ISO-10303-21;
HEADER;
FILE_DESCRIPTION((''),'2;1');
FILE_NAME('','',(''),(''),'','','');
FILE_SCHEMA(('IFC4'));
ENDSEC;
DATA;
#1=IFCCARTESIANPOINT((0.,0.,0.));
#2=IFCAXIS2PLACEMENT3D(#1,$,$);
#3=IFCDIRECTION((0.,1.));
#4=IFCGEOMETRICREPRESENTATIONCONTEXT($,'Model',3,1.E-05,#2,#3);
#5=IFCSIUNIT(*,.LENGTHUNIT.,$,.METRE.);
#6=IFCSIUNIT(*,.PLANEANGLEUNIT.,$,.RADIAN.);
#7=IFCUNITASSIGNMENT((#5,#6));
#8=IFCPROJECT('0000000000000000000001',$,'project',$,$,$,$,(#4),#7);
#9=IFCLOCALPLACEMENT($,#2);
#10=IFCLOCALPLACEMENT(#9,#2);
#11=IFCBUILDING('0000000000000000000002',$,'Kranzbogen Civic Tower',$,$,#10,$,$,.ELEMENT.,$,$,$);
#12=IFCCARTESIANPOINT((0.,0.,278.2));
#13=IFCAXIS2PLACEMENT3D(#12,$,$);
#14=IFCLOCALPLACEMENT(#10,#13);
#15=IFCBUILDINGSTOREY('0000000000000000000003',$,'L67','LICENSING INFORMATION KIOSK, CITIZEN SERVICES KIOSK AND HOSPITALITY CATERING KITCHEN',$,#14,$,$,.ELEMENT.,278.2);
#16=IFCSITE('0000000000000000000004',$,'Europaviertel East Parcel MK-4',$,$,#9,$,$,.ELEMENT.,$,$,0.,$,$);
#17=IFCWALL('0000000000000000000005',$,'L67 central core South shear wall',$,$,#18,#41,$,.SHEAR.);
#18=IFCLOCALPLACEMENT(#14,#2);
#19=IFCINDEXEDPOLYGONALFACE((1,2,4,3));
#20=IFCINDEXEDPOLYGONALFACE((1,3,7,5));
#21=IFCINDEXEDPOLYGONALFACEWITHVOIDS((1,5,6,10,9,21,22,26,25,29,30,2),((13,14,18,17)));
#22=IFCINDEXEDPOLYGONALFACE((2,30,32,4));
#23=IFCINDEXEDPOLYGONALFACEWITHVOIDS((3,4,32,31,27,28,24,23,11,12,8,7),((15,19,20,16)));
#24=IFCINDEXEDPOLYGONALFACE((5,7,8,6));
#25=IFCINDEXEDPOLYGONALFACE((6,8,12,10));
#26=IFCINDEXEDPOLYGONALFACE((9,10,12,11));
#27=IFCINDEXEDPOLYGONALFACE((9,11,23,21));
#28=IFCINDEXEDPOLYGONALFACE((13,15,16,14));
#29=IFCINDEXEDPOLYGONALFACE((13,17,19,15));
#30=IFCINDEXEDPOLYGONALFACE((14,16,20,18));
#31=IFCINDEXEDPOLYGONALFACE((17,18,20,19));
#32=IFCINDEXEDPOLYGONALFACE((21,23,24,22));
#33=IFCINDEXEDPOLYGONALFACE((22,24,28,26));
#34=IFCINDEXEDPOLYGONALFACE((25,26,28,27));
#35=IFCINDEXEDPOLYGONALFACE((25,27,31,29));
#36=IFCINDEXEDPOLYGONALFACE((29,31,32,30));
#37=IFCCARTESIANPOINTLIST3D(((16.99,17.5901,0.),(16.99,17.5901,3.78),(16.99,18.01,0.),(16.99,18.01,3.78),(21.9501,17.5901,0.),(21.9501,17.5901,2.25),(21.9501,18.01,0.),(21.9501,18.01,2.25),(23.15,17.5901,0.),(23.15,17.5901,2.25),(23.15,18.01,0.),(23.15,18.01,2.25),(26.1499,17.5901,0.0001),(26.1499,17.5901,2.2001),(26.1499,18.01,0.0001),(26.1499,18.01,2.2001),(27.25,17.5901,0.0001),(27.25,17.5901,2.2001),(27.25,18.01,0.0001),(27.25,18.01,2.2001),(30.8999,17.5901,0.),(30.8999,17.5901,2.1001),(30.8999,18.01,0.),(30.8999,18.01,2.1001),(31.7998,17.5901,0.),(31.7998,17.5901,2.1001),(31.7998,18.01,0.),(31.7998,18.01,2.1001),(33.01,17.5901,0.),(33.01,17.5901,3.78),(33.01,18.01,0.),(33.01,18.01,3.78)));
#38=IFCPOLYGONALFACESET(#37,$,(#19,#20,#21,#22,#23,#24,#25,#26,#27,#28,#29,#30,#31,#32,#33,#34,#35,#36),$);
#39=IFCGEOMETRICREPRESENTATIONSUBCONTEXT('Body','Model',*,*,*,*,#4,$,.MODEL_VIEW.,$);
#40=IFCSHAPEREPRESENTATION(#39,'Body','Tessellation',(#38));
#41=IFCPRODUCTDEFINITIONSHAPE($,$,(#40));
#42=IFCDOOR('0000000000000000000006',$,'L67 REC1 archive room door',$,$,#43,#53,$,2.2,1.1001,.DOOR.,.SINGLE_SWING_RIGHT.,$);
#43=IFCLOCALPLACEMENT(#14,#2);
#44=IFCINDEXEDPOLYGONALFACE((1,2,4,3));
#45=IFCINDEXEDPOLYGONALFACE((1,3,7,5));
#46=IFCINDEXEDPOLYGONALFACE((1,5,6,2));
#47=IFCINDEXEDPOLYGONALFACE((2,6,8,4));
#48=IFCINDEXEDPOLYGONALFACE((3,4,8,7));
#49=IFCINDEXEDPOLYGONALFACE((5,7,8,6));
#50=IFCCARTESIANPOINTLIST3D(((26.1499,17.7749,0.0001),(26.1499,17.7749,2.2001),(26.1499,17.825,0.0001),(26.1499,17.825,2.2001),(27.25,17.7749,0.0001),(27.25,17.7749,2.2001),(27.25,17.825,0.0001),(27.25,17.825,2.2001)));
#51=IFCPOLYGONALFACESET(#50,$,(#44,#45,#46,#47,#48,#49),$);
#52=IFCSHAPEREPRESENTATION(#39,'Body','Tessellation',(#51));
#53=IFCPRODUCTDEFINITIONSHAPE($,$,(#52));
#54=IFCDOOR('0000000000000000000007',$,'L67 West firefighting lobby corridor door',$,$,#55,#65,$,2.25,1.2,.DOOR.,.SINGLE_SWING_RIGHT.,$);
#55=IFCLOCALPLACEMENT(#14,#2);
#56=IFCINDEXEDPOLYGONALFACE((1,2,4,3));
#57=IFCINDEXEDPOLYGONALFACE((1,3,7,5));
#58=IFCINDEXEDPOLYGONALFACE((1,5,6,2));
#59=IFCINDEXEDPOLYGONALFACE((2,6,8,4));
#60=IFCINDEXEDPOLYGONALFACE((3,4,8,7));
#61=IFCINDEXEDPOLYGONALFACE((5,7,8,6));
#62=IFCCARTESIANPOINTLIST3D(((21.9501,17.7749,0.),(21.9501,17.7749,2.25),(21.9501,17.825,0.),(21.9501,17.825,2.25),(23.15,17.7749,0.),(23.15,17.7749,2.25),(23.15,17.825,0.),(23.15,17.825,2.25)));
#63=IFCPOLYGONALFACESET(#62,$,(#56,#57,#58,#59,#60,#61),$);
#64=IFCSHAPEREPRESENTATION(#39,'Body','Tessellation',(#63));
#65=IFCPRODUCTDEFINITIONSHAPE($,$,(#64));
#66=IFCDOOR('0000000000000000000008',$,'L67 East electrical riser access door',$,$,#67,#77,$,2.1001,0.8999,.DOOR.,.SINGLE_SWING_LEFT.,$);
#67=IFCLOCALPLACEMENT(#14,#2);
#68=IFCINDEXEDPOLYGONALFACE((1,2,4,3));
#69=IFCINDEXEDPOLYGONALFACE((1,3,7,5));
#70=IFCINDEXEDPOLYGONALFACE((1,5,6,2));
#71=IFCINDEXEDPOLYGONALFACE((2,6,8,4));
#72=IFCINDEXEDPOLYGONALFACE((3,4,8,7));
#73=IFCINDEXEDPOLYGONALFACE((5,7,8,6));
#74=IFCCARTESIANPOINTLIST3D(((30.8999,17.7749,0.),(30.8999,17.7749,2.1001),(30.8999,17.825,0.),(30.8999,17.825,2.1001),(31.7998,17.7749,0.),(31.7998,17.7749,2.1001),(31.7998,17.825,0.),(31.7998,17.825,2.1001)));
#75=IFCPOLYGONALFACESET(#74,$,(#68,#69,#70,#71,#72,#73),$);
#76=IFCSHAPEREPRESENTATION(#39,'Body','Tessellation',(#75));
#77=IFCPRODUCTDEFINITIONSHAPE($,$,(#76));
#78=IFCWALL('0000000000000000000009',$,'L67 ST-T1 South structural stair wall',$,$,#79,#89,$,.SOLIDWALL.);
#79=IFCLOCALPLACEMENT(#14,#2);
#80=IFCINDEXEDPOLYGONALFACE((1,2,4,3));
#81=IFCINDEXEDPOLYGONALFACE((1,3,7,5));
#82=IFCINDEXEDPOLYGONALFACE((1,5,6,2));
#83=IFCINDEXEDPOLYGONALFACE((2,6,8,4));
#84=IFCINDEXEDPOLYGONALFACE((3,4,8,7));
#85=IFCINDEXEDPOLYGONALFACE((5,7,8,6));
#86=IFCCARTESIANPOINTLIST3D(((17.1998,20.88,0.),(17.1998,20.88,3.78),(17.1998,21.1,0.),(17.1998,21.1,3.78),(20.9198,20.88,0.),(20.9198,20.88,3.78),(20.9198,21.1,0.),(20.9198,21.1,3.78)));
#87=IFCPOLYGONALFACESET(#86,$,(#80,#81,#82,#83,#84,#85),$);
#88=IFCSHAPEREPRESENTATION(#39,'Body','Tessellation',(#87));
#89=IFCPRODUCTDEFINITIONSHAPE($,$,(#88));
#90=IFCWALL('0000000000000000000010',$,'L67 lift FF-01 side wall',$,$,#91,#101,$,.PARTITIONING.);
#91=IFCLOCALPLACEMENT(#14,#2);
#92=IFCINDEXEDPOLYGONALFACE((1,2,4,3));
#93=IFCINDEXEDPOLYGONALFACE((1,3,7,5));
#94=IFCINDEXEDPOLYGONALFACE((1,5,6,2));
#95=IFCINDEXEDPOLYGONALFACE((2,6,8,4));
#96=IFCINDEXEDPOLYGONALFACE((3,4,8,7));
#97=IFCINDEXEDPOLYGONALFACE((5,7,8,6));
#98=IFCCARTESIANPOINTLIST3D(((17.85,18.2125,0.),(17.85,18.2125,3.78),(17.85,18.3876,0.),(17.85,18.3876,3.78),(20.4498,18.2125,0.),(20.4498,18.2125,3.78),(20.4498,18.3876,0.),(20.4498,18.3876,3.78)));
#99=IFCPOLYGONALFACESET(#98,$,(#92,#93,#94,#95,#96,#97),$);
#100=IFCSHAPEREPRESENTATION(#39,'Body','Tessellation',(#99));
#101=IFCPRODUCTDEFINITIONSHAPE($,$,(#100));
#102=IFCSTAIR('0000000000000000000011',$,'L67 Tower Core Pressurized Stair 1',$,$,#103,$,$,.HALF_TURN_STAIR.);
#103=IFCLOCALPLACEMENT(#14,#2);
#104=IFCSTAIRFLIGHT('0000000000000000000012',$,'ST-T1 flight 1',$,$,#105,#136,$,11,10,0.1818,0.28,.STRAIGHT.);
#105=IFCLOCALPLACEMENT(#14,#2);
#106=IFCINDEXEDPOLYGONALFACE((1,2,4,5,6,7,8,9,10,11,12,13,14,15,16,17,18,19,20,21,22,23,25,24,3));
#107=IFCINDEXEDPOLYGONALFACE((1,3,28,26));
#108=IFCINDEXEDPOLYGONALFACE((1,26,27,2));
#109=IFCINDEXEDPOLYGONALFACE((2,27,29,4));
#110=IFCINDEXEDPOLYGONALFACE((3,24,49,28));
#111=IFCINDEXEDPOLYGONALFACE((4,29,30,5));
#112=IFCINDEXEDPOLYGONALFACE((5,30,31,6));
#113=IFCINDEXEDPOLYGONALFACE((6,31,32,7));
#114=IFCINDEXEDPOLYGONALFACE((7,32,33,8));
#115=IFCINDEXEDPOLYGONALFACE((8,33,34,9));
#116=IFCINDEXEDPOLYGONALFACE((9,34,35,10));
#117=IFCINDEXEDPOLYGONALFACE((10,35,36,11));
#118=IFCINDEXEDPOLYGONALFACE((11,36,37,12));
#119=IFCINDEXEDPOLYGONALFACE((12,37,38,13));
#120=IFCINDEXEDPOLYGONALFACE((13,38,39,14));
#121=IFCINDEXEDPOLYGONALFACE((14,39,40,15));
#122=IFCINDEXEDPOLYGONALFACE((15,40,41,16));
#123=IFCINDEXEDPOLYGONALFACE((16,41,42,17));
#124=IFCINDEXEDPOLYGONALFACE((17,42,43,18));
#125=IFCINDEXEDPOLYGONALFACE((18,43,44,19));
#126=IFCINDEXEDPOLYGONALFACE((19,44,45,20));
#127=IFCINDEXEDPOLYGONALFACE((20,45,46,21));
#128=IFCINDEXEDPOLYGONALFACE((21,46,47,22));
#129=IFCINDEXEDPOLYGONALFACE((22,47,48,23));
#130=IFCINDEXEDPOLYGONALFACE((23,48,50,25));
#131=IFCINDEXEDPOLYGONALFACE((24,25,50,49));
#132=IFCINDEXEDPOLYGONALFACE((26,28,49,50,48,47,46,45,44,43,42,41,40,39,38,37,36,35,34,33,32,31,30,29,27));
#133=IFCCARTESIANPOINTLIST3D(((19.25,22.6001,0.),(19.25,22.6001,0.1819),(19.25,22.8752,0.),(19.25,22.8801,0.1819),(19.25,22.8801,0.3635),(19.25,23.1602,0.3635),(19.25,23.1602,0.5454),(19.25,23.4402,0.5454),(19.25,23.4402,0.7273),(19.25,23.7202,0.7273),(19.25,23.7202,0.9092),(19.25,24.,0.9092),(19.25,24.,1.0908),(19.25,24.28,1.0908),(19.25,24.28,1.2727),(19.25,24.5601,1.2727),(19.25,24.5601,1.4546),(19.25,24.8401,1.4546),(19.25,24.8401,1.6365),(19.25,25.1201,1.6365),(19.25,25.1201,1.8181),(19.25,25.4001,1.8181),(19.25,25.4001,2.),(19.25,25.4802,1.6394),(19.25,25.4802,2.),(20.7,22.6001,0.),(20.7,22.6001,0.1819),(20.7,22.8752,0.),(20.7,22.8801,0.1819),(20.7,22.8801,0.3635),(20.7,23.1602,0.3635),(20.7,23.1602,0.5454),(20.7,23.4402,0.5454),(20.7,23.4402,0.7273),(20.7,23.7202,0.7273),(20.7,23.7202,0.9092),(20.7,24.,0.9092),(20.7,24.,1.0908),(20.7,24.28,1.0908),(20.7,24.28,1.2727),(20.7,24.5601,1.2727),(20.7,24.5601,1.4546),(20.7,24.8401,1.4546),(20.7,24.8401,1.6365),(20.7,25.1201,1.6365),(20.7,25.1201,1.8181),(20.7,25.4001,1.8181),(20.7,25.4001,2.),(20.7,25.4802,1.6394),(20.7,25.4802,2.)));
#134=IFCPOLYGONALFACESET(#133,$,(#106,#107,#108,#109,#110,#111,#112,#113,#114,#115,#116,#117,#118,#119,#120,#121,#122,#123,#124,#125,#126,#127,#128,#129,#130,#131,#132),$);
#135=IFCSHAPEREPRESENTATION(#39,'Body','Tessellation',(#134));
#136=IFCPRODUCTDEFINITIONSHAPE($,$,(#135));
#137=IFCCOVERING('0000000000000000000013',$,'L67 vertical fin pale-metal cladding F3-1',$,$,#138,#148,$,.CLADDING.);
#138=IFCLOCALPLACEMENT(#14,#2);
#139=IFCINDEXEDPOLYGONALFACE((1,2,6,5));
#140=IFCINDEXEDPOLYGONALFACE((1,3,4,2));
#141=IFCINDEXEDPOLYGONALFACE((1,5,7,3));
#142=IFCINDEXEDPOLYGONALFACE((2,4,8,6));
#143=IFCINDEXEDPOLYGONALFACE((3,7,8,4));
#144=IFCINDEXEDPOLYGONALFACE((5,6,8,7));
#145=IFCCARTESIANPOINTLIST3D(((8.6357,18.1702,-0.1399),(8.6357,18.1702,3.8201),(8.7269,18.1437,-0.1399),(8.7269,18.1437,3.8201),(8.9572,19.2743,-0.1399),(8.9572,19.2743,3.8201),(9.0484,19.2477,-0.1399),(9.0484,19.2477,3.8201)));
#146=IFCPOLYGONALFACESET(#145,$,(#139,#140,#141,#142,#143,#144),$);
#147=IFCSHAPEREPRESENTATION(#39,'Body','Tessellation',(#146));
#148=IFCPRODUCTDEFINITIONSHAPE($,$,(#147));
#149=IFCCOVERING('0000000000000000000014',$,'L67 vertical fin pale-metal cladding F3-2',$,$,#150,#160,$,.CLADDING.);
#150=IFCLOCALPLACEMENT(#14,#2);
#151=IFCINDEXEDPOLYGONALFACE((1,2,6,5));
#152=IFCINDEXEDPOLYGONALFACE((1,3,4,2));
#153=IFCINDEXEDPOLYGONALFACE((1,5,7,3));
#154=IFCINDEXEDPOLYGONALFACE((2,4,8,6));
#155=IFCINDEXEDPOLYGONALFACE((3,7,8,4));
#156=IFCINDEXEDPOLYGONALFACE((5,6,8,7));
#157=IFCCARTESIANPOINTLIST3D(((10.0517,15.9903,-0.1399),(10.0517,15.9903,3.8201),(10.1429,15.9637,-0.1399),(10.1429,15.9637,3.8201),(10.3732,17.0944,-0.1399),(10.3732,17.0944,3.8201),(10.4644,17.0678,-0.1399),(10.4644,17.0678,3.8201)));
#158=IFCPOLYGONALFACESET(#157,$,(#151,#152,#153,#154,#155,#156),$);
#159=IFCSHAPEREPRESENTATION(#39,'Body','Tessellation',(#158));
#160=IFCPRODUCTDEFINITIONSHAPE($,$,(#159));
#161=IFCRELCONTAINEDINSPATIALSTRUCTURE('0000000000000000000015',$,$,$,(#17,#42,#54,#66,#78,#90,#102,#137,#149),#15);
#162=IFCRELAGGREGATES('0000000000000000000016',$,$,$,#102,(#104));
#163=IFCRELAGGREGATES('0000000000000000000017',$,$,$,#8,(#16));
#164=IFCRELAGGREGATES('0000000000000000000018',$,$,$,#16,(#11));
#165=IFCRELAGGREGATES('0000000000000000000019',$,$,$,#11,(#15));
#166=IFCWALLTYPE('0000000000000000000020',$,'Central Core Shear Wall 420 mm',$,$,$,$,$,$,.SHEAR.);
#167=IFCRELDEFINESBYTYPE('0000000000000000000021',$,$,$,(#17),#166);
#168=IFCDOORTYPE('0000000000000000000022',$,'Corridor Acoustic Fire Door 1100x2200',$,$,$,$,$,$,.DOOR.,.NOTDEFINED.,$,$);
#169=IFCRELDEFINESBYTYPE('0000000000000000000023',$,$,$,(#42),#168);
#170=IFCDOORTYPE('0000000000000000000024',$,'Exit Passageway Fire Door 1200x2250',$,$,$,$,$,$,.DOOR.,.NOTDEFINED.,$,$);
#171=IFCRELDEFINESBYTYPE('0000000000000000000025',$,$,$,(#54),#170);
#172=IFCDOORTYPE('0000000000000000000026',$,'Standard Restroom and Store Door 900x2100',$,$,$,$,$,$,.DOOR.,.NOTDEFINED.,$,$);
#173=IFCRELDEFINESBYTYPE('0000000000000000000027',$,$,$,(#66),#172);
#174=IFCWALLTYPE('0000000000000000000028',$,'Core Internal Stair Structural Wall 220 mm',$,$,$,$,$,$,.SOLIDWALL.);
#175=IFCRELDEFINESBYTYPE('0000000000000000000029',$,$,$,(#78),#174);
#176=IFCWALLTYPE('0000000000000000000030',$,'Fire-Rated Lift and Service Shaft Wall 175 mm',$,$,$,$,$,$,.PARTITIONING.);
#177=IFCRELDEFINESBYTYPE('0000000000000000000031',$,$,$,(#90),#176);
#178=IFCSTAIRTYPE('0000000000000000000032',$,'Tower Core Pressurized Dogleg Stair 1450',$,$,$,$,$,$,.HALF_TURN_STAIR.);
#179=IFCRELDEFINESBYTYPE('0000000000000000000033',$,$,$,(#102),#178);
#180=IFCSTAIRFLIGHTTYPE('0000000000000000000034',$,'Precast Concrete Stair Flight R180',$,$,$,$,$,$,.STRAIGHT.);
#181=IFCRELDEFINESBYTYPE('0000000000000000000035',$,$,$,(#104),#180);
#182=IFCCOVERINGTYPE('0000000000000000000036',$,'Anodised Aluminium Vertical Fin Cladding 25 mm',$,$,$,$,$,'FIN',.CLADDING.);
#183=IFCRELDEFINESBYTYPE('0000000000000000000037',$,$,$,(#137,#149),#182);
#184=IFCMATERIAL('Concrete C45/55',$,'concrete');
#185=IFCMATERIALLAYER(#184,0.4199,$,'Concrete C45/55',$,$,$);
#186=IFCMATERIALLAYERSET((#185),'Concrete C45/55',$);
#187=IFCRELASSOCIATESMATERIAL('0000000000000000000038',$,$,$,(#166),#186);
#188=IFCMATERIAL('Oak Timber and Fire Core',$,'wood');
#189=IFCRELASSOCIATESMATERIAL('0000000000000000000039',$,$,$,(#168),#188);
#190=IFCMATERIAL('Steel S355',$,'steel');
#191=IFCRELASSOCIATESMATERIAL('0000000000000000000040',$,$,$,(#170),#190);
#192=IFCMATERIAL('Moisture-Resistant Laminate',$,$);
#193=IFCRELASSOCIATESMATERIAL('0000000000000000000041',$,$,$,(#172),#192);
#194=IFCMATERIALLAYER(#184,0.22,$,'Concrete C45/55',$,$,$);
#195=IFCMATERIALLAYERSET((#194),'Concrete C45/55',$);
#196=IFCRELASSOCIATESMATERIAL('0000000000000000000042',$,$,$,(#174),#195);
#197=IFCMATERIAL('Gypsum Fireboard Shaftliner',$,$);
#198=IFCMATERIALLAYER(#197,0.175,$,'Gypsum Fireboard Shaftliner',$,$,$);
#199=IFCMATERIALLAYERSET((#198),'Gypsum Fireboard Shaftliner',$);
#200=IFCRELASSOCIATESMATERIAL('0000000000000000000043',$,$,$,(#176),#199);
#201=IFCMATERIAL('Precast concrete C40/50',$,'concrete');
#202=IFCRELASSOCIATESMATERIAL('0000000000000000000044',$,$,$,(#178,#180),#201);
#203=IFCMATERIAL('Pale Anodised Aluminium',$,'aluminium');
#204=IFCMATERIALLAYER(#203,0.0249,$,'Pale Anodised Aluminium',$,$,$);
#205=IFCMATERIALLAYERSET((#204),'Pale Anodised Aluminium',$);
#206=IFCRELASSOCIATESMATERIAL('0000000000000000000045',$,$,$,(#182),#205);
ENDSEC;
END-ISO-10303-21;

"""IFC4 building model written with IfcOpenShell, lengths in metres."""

from ifc_helpers import new_model, si_unit, direction, frame, frame_2d, origin, origin_2d, place, context, subcontext, project, spatial, polyline, rectangle, outline, extrude, material, layer, layer_set, type_object, element, fill, aggregate, save


model = new_model("IFC4")

# Units and contexts
model_context = context("Model", 3, precision=1e-05, world=origin(), true_north=direction((0.0, 1.0)))
body_context = subcontext(model_context, "Body", "Model", "MODEL_VIEW")
ifc_project = project(units=[si_unit("LENGTHUNIT", "METRE"), si_unit("PLANEANGLEUNIT", "RADIAN")], contexts=[model_context])

# Site, building, storey
site_placement = place(None, origin())
site = spatial("IfcSite", under=ifc_project, at=site_placement, Name="Europaviertel East Parcel MK-4", CompositionType="ELEMENT", RefElevation=0.0)
building_placement = place(site_placement, origin())
building = spatial("IfcBuilding", under=site, at=building_placement, Name="Kranzbogen Civic Tower", CompositionType="ELEMENT")
storey_placement = place(building_placement, frame((0.0, 0.0, 278.2)))
storey = spatial("IfcBuildingStorey", under=building, at=storey_placement, Name="L67", Description="LICENSING INFORMATION KIOSK, CITIZEN SERVICES KIOSK AND HOSPITALITY CATERING KITCHEN", CompositionType="ELEMENT", Elevation=278.2)

# Shared definitions
ifc_material_1 = material(Name="Steel S355", Category="steel")

# Shared definitions
ifc_material_2 = material(Name="Pale Anodised Aluminium", Category="aluminium")

# Wall, openings, doors
ifc_material_3 = material(Name="Concrete C45/55", Category="concrete")
ifc_layer_1 = layer(ifc_material_3, 0.4199, Name="Concrete C45/55")
ifc_layer_set_1 = layer_set([ifc_layer_1], Name="Concrete C45/55")
wall_type_1 = type_object("IfcWallType", Name="Central Core Shear Wall 420 mm", PredefinedType="SHEAR", material=ifc_layer_set_1)
wall_1_placement = place(storey_placement, frame((16.99, 17.8, 0.0), z_axis=(0.0, 0.0, 1.0), x_axis=(1.0, 0.0, 0.0)))
wall_1 = element("IfcWall", 1, at=wall_1_placement, inside=storey, type_object=wall_type_1, Name="L67 central core South shear wall", PredefinedType="SHEAR", context=body_context, shape_type="SweptSolid", body=[
    extrude(rectangle(XDim=16.02, YDim=0.4199, at=frame_2d((8.01, 0.0))), origin(), (0.0, 0.0, 1.0), 3.78),
])
opening_1_placement = place(wall_1_placement, frame((4.96, 0.0, 0.0)))
opening_1 = element("IfcOpeningElement", 2, at=opening_1_placement, cuts=wall_1, PredefinedType="OPENING", context=body_context, shape_type="SweptSolid", body=[
    extrude(rectangle(XDim=1.2, YDim=2.25, at=frame_2d((0.6001, 1.125))), frame((0.0, 0.22, 0.0), z_axis=(0.0, -1.0, 0.0), x_axis=(1.0, 0.0, 0.0)), (0.0, 0.0, 1.0), 0.4399),
])
opening_2_placement = place(wall_1_placement, frame((13.9099, 0.0, 0.0)))
opening_2 = element("IfcOpeningElement", 3, at=opening_2_placement, cuts=wall_1, PredefinedType="OPENING", context=body_context, shape_type="SweptSolid", body=[
    extrude(rectangle(XDim=0.8999, YDim=2.1001, at=frame_2d((0.45, 1.05))), frame((0.0, 0.22, 0.0), z_axis=(0.0, -1.0, 0.0), x_axis=(1.0, 0.0, 0.0)), (0.0, 0.0, 1.0), 0.4399),
])
opening_3_placement = place(wall_1_placement, frame((9.1599, 0.0, 0.0)))
opening_3 = element("IfcOpeningElement", 4, at=opening_3_placement, cuts=wall_1, PredefinedType="OPENING", context=body_context, shape_type="SweptSolid", body=[
    extrude(rectangle(XDim=1.1001, YDim=2.2, at=frame_2d((0.55, 1.1001))), frame((0.0, 0.22, 0.0), z_axis=(0.0, -1.0, 0.0), x_axis=(1.0, 0.0, 0.0)), (0.0, 0.0, 1.0), 0.4399),
])
ifc_material_4 = material(Name="Oak Timber and Fire Core", Category="wood")
door_type_1 = type_object("IfcDoorType", Name="Corridor Acoustic Fire Door 1100x2200", OperationType="NOTDEFINED", PredefinedType="DOOR", material=ifc_material_4)
door_1_placement = place(opening_3_placement, origin())
door_1 = element("IfcDoor", 5, at=door_1_placement, inside=storey, type_object=door_type_1, Name="L67 REC1 archive room door", OperationType="SINGLE_SWING_RIGHT", OverallHeight=2.2, OverallWidth=1.1001, PredefinedType="DOOR", context=body_context, shape_type="SweptSolid", body=[
    extrude(rectangle(XDim=1.1001, YDim=2.2, at=frame_2d((0.55, 1.1001))), frame((0.0, 0.0249, 0.0), z_axis=(0.0, -1.0, 0.0), x_axis=(1.0, 0.0, 0.0)), (0.0, 0.0, 1.0), 0.05),
])
fill(opening_3, door_1)
door_type_2 = type_object("IfcDoorType", Name="Exit Passageway Fire Door 1200x2250", OperationType="NOTDEFINED", PredefinedType="DOOR", material=ifc_material_1)
door_2_placement = place(opening_1_placement, origin())
door_2 = element("IfcDoor", 6, at=door_2_placement, inside=storey, type_object=door_type_2, Name="L67 West firefighting lobby corridor door", OperationType="SINGLE_SWING_RIGHT", OverallHeight=2.25, OverallWidth=1.2, PredefinedType="DOOR", context=body_context, shape_type="SweptSolid", body=[
    extrude(rectangle(XDim=1.2, YDim=2.25, at=frame_2d((0.6001, 1.125))), frame((0.0, 0.0249, 0.0), z_axis=(0.0, -1.0, 0.0), x_axis=(1.0, 0.0, 0.0)), (0.0, 0.0, 1.0), 0.05),
])
fill(opening_1, door_2)
ifc_material_5 = material(Name="Moisture-Resistant Laminate")
door_type_3 = type_object("IfcDoorType", Name="Standard Restroom and Store Door 900x2100", OperationType="NOTDEFINED", PredefinedType="DOOR", material=ifc_material_5)
door_3_placement = place(opening_2_placement, origin())
door_3 = element("IfcDoor", 7, at=door_3_placement, inside=storey, type_object=door_type_3, Name="L67 East electrical riser access door", OperationType="SINGLE_SWING_LEFT", OverallHeight=2.1001, OverallWidth=0.8999, PredefinedType="DOOR", context=body_context, shape_type="SweptSolid", body=[
    extrude(rectangle(XDim=0.8999, YDim=2.1001, at=frame_2d((0.45, 1.05))), frame((0.0, 0.0249, 0.0), z_axis=(0.0, -1.0, 0.0), x_axis=(1.0, 0.0, 0.0)), (0.0, 0.0, 1.0), 0.05),
])
fill(opening_2, door_3)

# Walls
ifc_layer_2 = layer(ifc_material_3, 0.22, Name="Concrete C45/55")
ifc_layer_set_2 = layer_set([ifc_layer_2], Name="Concrete C45/55")
wall_type_2 = type_object("IfcWallType", Name="Core Internal Stair Structural Wall 220 mm", PredefinedType="SOLIDWALL", material=ifc_layer_set_2)
wall_2_placement = place(storey_placement, frame((17.2, 20.99, 0.0), z_axis=(0.0, 0.0, 1.0), x_axis=(1.0, 0.0, 0.0)))
element("IfcWall", 8, at=wall_2_placement, inside=storey, type_object=wall_type_2, Name="L67 ST-T1 South structural stair wall", PredefinedType="SOLIDWALL", context=body_context, shape_type="SweptSolid", body=[
    extrude(rectangle(XDim=3.72, YDim=0.22, at=frame_2d((1.8599, 0.0))), origin(), (0.0, 0.0, 1.0), 3.78),
])
ifc_material_6 = material(Name="Gypsum Fireboard Shaftliner")
ifc_layer_3 = layer(ifc_material_6, 0.175, Name="Gypsum Fireboard Shaftliner")
ifc_layer_set_3 = layer_set([ifc_layer_3], Name="Gypsum Fireboard Shaftliner")
wall_type_3 = type_object("IfcWallType", Name="Fire-Rated Lift and Service Shaft Wall 175 mm", PredefinedType="PARTITIONING", material=ifc_layer_set_3)
wall_3_placement = place(storey_placement, frame((17.8501, 18.3, 0.0), z_axis=(0.0, 0.0, 1.0), x_axis=(1.0, 0.0, 0.0)))
element("IfcWall", 9, at=wall_3_placement, inside=storey, type_object=wall_type_3, Name="L67 lift FF-01 side wall", PredefinedType="PARTITIONING", context=body_context, shape_type="SweptSolid", body=[
    extrude(rectangle(XDim=2.5999, YDim=0.175, at=frame_2d((1.2998, 0.0))), origin(), (0.0, 0.0, 1.0), 3.78),
])

# Stair, stair flight
ifc_material_7 = material(Name="Precast concrete C40/50", Category="concrete")
stair_type = type_object("IfcStairType", Name="Tower Core Pressurized Dogleg Stair 1450", PredefinedType="HALF_TURN_STAIR", material=ifc_material_7)
stair_placement = place(storey_placement, origin())
stair = element("IfcStair", 10, at=stair_placement, inside=storey, type_object=stair_type, Name="L67 Tower Core Pressurized Stair 1", PredefinedType="HALF_TURN_STAIR")
stair_flight_type = type_object("IfcStairFlightType", Name="Precast Concrete Stair Flight R180", PredefinedType="STRAIGHT", material=ifc_material_7)
stair_flight_placement = place(storey_placement, frame((19.9751, 22.6001, 0.0), z_axis=(0.0, 0.0, 1.0), x_axis=(0.0, 1.0, 0.0)))
stair_flight = element("IfcStairFlight", 11, at=stair_flight_placement, type_object=stair_flight_type, Name="ST-T1 flight 1", NumberOfRisers=11, NumberOfTreads=10, PredefinedType="STRAIGHT", RiserHeight=0.1818, TreadLength=0.28, context=body_context, shape_type="SweptSolid", body=[
    extrude(outline(polyline([(0.0, 0.0), (0.0, 0.1819), (0.28, 0.1819), (0.28, 0.3635), (0.5601, 0.3635), (0.5601, 0.5454), (0.8401, 0.5454), (0.8401, 0.7273), (1.1201, 0.7273), (1.1201, 0.9092), (1.3999, 0.9092), (1.3999, 1.0908), (1.6799, 1.0908), (1.6799, 1.2727), (1.96, 1.2727), (1.96, 1.4546), (2.24, 1.4546), (2.24, 1.6365), (2.52, 1.6365), (2.52, 1.8181), (2.8, 1.8181), (2.8, 2.0), (2.8801, 2.0), (2.8801, 1.6394), (0.2751, 0.0), (0.0, 0.0)])), frame((0.0, 0.7251, 0.0), z_axis=(0.0, -1.0, 0.0), x_axis=(1.0, 0.0, 0.0)), (0.0, 0.0, 1.0), 1.45),
])
aggregate(stair, [stair_flight])

# Coverings
ifc_layer_4 = layer(ifc_material_2, 0.0249, Name="Pale Anodised Aluminium")
ifc_layer_set_4 = layer_set([ifc_layer_4], Name="Pale Anodised Aluminium")
covering_type = type_object("IfcCoveringType", Name="Anodised Aluminium Vertical Fin Cladding 25 mm", ElementType="FIN", PredefinedType="CLADDING", material=ifc_layer_set_4)
for number, where, z_axis, x_axis, name in (
    (12, (8.842, 18.709, -0.1399), (0.0, 0.0, 1.0), (-0.279544, -0.960133, 0.0), "L67 vertical fin pale-metal cladding F3-1"),
    (13, (10.2581, 16.5291, -0.1399), (0.0, 0.0, 1.0), (-0.279544, -0.960133, 0.0), "L67 vertical fin pale-metal cladding F3-2"),
):
    element("IfcCovering", number, at=place(storey_placement, frame(where, z_axis=z_axis, x_axis=x_axis)), inside=storey, type_object=covering_type, Name=name, PredefinedType="CLADDING", context=body_context, shape_type="SweptSolid", body=[
        extrude(rectangle(XDim=1.1499, YDim=0.095, at=origin_2d()), origin(), (0.0, 0.0, 1.0), 3.96),
    ])

save(model, "model.ifc")
